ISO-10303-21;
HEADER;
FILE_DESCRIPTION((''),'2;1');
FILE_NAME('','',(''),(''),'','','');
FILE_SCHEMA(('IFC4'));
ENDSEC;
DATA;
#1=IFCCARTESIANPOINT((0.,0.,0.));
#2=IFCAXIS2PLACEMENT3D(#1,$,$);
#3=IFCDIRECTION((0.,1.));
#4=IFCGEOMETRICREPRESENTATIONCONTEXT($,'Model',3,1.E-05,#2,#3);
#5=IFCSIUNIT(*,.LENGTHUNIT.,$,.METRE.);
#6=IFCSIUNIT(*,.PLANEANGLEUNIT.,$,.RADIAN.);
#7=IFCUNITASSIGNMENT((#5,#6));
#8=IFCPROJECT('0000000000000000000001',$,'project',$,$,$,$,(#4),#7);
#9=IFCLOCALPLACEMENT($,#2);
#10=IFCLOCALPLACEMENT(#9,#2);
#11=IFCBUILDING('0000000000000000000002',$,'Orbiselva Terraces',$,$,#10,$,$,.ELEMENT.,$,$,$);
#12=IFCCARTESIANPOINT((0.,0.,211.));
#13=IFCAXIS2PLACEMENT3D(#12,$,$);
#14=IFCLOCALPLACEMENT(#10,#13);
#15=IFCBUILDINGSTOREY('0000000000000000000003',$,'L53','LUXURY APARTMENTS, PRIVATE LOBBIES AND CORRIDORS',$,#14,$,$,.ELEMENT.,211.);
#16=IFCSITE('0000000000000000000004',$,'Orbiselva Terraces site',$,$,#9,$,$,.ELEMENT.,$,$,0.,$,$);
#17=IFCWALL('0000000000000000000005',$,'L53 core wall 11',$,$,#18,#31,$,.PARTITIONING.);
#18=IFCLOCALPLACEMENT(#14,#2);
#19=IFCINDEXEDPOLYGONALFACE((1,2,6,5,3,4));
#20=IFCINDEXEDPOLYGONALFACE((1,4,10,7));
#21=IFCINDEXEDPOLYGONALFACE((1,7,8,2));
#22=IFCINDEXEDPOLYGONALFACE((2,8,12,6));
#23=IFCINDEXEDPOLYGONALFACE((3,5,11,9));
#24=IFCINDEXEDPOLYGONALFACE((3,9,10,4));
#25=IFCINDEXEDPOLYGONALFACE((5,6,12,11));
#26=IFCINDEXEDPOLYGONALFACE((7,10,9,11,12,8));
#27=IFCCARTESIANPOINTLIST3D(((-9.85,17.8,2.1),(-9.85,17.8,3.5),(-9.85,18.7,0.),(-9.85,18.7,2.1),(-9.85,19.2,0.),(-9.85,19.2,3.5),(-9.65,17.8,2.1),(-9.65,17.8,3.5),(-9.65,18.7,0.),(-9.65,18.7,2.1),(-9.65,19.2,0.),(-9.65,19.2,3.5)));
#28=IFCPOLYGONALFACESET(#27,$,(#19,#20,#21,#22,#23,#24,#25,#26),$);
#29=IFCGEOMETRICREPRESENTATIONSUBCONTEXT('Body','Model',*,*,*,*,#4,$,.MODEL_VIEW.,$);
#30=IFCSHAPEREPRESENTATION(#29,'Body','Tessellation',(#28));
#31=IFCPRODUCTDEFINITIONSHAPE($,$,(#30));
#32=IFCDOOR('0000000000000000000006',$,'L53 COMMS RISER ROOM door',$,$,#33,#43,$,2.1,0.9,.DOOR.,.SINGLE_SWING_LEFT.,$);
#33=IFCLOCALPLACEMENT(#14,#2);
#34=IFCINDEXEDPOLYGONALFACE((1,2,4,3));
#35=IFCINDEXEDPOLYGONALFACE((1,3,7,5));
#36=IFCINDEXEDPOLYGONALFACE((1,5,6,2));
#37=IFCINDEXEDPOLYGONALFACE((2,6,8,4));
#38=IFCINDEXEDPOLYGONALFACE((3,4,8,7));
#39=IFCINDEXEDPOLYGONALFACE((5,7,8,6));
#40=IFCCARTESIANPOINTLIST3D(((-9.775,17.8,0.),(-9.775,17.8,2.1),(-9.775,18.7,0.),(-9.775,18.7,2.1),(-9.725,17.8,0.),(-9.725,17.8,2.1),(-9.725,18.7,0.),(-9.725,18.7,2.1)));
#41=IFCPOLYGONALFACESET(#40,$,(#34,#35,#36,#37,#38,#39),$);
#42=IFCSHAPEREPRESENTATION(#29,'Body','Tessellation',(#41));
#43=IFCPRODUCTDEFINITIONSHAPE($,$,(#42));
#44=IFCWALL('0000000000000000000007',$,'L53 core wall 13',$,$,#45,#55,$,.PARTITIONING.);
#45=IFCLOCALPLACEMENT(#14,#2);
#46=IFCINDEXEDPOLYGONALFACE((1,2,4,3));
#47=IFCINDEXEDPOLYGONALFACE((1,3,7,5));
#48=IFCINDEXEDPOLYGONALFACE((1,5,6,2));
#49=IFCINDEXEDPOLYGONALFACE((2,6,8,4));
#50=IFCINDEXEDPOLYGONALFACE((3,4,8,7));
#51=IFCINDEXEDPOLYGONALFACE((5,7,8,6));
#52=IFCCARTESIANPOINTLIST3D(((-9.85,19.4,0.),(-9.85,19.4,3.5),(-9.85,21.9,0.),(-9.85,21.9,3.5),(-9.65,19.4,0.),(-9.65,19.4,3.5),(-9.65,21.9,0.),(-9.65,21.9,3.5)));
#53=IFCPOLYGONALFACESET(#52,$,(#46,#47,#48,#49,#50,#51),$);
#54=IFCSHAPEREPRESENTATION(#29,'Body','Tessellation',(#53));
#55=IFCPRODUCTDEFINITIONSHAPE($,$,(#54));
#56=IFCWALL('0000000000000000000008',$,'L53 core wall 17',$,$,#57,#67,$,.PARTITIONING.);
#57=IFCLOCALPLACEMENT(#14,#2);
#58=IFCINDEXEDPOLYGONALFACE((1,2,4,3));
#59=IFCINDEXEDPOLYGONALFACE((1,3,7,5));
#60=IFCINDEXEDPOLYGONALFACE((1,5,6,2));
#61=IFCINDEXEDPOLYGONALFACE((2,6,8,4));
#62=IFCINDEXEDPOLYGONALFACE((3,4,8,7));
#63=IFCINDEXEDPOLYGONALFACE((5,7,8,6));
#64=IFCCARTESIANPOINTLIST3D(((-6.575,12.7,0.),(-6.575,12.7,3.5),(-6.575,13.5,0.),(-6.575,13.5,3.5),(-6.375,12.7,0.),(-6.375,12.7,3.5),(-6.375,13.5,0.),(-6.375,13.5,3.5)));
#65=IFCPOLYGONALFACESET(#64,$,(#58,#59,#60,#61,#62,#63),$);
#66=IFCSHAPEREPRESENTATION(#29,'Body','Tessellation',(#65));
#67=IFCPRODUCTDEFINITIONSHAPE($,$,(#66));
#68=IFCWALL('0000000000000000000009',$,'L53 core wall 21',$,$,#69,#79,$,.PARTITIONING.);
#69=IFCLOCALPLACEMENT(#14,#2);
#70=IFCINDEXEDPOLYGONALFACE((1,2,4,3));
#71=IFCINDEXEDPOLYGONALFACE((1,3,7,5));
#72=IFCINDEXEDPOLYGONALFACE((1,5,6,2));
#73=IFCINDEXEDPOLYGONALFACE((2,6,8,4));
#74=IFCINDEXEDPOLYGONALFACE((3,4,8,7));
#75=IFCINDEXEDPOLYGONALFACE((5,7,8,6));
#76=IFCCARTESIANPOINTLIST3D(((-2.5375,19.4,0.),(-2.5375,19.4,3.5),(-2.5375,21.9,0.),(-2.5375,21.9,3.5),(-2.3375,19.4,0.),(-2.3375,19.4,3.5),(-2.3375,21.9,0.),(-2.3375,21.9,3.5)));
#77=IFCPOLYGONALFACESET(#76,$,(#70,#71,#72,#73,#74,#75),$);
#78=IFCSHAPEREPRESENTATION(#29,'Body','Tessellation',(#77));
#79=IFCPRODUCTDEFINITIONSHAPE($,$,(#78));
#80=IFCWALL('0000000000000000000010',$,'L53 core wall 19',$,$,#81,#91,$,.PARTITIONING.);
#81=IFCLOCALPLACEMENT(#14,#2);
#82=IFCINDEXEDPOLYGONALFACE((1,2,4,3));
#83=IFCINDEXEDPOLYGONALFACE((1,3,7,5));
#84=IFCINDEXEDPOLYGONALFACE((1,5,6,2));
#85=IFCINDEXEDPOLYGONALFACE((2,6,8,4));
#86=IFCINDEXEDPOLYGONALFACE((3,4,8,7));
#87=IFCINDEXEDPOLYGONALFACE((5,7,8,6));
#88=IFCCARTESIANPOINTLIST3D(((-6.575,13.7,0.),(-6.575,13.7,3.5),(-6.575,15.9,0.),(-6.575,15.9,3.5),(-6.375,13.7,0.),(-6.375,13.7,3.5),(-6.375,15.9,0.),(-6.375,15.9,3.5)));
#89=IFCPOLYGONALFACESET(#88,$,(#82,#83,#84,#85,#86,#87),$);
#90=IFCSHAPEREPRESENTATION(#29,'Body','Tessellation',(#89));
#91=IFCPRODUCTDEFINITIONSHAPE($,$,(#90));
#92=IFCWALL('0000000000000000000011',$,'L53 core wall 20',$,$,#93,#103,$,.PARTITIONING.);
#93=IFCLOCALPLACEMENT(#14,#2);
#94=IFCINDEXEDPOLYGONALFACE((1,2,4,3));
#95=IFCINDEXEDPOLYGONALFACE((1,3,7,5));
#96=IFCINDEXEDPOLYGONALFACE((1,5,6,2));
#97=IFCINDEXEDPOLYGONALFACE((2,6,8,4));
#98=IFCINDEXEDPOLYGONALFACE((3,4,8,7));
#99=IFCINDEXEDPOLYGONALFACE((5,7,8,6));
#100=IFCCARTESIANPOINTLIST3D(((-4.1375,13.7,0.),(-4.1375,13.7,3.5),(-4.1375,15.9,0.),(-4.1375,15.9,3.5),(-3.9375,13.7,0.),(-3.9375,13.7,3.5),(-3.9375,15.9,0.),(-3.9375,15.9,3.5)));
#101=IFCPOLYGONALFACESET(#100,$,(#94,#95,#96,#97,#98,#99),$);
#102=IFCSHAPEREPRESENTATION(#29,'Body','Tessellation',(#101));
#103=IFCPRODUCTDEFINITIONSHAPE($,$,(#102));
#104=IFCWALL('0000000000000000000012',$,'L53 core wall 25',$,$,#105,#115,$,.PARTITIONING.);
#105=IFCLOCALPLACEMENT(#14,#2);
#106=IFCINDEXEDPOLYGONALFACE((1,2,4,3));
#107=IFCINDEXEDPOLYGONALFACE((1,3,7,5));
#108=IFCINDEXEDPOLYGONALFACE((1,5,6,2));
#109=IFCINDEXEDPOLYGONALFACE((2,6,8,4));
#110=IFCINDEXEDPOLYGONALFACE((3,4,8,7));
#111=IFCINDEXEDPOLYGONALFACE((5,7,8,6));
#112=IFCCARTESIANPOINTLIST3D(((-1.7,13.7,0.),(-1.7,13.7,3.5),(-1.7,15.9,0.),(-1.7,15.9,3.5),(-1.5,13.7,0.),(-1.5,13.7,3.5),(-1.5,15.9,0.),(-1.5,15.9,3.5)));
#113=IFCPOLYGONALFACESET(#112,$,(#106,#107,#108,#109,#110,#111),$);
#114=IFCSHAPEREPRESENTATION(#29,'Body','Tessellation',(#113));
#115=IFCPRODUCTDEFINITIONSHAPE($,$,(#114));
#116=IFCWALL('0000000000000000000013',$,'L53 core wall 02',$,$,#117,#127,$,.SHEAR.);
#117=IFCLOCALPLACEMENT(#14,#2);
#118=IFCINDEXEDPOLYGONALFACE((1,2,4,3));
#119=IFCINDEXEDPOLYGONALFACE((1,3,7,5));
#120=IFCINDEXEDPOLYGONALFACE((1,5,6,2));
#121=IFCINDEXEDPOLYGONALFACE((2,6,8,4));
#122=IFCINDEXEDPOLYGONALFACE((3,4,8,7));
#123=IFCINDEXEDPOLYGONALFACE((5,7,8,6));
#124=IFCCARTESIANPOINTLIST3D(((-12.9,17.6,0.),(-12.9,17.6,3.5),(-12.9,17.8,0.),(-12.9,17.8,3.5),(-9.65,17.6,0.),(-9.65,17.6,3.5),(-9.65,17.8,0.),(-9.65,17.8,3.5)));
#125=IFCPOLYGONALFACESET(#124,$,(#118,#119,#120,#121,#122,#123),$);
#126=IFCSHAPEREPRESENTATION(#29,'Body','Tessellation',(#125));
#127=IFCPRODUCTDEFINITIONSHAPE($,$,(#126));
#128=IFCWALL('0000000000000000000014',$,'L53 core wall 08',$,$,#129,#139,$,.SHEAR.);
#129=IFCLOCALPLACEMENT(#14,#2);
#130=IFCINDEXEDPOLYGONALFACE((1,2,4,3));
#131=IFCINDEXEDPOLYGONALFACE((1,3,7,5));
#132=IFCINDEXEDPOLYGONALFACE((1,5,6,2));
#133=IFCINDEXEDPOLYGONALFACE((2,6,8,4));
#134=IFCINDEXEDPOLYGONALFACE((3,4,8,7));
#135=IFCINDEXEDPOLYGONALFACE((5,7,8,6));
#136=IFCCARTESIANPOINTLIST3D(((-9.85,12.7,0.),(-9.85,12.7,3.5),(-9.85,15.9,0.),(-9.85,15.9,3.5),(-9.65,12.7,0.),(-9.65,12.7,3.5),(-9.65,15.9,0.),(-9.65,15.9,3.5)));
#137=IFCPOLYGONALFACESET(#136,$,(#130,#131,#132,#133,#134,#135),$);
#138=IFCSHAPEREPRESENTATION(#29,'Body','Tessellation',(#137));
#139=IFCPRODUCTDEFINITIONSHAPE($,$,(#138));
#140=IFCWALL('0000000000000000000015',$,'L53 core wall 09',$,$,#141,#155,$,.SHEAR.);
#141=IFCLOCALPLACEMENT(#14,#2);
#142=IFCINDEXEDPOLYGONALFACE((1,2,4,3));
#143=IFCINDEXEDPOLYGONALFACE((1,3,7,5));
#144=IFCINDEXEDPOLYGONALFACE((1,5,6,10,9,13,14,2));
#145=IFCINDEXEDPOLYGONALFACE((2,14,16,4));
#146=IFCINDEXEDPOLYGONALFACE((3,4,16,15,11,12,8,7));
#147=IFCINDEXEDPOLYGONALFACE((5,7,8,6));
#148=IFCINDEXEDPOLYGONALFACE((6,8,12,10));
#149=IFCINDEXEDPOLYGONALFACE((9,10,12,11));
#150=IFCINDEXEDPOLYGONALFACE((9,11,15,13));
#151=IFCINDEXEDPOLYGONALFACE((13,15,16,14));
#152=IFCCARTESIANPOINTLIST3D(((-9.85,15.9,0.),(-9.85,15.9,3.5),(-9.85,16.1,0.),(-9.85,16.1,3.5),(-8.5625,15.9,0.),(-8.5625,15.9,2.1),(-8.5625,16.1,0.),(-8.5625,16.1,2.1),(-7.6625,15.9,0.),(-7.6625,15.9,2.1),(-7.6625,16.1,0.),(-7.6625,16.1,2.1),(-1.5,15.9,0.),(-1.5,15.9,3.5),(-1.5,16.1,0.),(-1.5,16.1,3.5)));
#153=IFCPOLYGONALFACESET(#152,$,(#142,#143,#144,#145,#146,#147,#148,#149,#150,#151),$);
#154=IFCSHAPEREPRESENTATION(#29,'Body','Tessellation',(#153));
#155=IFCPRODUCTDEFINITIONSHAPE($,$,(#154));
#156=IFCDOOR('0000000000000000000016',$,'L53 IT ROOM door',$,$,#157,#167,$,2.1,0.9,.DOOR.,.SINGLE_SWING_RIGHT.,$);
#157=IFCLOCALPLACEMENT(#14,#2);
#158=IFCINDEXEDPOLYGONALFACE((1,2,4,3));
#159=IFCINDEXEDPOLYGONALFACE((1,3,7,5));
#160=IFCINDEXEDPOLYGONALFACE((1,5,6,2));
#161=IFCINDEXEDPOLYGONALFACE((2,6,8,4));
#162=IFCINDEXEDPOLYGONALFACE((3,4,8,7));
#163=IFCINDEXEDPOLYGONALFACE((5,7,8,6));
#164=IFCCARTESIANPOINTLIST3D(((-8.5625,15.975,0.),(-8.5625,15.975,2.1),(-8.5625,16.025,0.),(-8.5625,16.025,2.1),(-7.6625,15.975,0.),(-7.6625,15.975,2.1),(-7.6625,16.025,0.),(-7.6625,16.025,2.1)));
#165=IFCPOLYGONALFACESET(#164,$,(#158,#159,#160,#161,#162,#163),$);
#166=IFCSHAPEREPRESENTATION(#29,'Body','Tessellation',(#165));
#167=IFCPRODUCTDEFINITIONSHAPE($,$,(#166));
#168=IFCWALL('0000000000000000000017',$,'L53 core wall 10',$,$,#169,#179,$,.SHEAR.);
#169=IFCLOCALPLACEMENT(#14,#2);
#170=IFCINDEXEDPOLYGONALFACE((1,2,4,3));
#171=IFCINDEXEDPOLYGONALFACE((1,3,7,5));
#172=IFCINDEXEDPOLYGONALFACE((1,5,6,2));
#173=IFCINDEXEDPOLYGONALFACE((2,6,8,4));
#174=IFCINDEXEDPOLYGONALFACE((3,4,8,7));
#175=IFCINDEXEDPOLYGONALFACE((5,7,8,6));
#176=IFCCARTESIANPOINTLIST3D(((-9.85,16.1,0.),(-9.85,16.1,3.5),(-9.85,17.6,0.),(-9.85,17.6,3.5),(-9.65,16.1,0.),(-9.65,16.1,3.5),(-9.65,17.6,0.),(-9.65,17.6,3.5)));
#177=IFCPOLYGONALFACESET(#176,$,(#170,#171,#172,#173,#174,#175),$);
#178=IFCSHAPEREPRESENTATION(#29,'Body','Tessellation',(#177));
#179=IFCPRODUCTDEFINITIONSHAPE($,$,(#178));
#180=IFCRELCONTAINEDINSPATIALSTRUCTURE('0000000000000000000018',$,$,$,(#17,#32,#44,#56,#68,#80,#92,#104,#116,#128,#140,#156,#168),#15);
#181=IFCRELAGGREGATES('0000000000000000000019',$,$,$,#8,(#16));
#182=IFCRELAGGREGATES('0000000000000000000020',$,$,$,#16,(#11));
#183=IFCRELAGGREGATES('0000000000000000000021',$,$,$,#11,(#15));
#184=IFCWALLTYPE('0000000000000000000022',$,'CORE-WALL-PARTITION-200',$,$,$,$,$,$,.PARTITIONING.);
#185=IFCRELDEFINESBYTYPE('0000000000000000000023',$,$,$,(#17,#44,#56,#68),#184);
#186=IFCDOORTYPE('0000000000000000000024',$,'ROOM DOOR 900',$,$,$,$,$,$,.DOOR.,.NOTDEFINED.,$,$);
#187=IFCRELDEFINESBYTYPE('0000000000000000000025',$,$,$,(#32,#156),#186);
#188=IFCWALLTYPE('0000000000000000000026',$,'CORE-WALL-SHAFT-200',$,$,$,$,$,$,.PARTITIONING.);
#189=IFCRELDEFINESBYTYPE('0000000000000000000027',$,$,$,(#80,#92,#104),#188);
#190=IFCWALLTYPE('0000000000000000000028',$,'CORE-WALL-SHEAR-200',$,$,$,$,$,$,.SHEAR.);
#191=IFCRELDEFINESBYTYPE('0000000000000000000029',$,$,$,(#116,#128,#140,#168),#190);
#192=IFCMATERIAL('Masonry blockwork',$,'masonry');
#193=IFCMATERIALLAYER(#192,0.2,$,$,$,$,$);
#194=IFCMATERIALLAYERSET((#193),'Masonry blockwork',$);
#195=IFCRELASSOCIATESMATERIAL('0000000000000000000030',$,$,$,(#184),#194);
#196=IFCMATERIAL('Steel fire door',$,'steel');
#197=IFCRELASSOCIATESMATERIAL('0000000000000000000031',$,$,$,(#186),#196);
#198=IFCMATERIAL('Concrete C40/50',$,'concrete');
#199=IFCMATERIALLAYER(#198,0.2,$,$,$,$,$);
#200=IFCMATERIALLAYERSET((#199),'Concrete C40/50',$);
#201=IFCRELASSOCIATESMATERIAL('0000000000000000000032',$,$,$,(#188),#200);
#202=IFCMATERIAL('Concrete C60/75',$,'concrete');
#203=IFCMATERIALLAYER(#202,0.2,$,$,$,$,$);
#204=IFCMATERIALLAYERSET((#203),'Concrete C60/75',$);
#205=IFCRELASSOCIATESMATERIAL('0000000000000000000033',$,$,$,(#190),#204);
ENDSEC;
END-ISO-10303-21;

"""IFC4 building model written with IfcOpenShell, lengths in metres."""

from ifc_helpers import new_model, si_unit, direction, frame, frame_2d, origin, place, context, subcontext, project, spatial, rectangle, extrude, material, layer, layer_set, type_object, element, fill, save


model = new_model("IFC4")

# Units and contexts
model_context = context("Model", 3, precision=1e-05, world=origin(), true_north=direction((0.0, 1.0)))
body_context = subcontext(model_context, "Body", "Model", "MODEL_VIEW")
ifc_project = project(units=[si_unit("LENGTHUNIT", "METRE"), si_unit("PLANEANGLEUNIT", "RADIAN")], contexts=[model_context])

# Site, building, storey
site_placement = place(None, origin())
site = spatial("IfcSite", under=ifc_project, at=site_placement, Name="Orbiselva Terraces site", CompositionType="ELEMENT", RefElevation=0.0)
building_placement = place(site_placement, origin())
building = spatial("IfcBuilding", under=site, at=building_placement, Name="Orbiselva Terraces", CompositionType="ELEMENT")
storey_placement = place(building_placement, frame((0.0, 0.0, 211.0)))
storey = spatial("IfcBuildingStorey", under=building, at=storey_placement, Name="L53", Description="LUXURY APARTMENTS, PRIVATE LOBBIES AND CORRIDORS", CompositionType="ELEMENT", Elevation=211.0)

# Wall, opening, door
ifc_material_1 = material(Name="Masonry blockwork", Category="masonry")
ifc_layer_1 = layer(ifc_material_1, 0.2)
ifc_layer_set_1 = layer_set([ifc_layer_1], Name="Masonry blockwork")
wall_type_1 = type_object("IfcWallType", Name="CORE-WALL-PARTITION-200", PredefinedType="PARTITIONING", material=ifc_layer_set_1)
wall_1_placement = place(storey_placement, frame((-9.75, 17.8, 0.0), z_axis=(0.0, 0.0, 1.0), x_axis=(0.0, 1.0, 0.0)))
wall_1 = element("IfcWall", 1, at=wall_1_placement, inside=storey, type_object=wall_type_1, Name="L53 core wall 11", PredefinedType="PARTITIONING", context=body_context, shape_type="SweptSolid", body=[
    extrude(rectangle(XDim=1.4, YDim=0.2, at=frame_2d((0.7, 0.0))), origin(), (0.0, 0.0, 1.0), 3.5),
])
opening_1_placement = place(wall_1_placement, origin())
opening_1 = element("IfcOpeningElement", 2, at=opening_1_placement, cuts=wall_1, PredefinedType="OPENING", context=body_context, shape_type="SweptSolid", body=[
    extrude(rectangle(XDim=0.9, YDim=2.1, at=frame_2d((0.45, 1.05))), frame((0.0, 0.11, 0.0), z_axis=(0.0, -1.0, 0.0), x_axis=(1.0, 0.0, 0.0)), (0.0, 0.0, 1.0), 0.22),
])
ifc_material_2 = material(Name="Steel fire door", Category="steel")
door_type_1 = type_object("IfcDoorType", Name="ROOM DOOR 900", OperationType="NOTDEFINED", PredefinedType="DOOR", material=ifc_material_2)
door_1_placement = place(opening_1_placement, origin())
door_1 = element("IfcDoor", 3, at=door_1_placement, inside=storey, type_object=door_type_1, Name="L53 COMMS RISER ROOM door", OperationType="SINGLE_SWING_LEFT", OverallHeight=2.1, OverallWidth=0.9, PredefinedType="DOOR", context=body_context, shape_type="SweptSolid", body=[
    extrude(rectangle(XDim=0.9, YDim=2.1, at=frame_2d((0.45, 1.05))), frame((0.0, 0.025, 0.0), z_axis=(0.0, -1.0, 0.0), x_axis=(1.0, 0.0, 0.0)), (0.0, 0.0, 1.0), 0.05),
])
fill(opening_1, door_1)

# Walls
wall_2_placement = place(storey_placement, frame((-9.75, 19.4, 0.0), z_axis=(0.0, 0.0, 1.0), x_axis=(0.0, 1.0, 0.0)))
element("IfcWall", 4, at=wall_2_placement, inside=storey, type_object=wall_type_1, Name="L53 core wall 13", PredefinedType="PARTITIONING", context=body_context, shape_type="SweptSolid", body=[
    extrude(rectangle(XDim=2.5, YDim=0.2, at=frame_2d((1.25, 0.0))), origin(), (0.0, 0.0, 1.0), 3.5),
])
wall_3_placement = place(storey_placement, frame((-6.475, 12.7, 0.0), z_axis=(0.0, 0.0, 1.0), x_axis=(0.0, 1.0, 0.0)))
element("IfcWall", 5, at=wall_3_placement, inside=storey, type_object=wall_type_1, Name="L53 core wall 17", PredefinedType="PARTITIONING", context=body_context, shape_type="SweptSolid", body=[
    extrude(rectangle(XDim=0.8, YDim=0.2, at=frame_2d((0.4, 0.0))), origin(), (0.0, 0.0, 1.0), 3.5),
])
wall_4_placement = place(storey_placement, frame((-2.4375, 19.4, 0.0), z_axis=(0.0, 0.0, 1.0), x_axis=(0.0, 1.0, 0.0)))
element("IfcWall", 6, at=wall_4_placement, inside=storey, type_object=wall_type_1, Name="L53 core wall 21", PredefinedType="PARTITIONING", context=body_context, shape_type="SweptSolid", body=[
    extrude(rectangle(XDim=2.5, YDim=0.2, at=frame_2d((1.25, 0.0))), origin(), (0.0, 0.0, 1.0), 3.5),
])
ifc_material_3 = material(Name="Concrete C40/50", Category="concrete")
ifc_layer_2 = layer(ifc_material_3, 0.2)
ifc_layer_set_2 = layer_set([ifc_layer_2], Name="Concrete C40/50")
wall_type_2 = type_object("IfcWallType", Name="CORE-WALL-SHAFT-200", PredefinedType="PARTITIONING", material=ifc_layer_set_2)
for number, where, z_axis, x_axis, name in (
    (7, (-6.475, 13.7, 0.0), (0.0, 0.0, 1.0), (0.0, 1.0, 0.0), "L53 core wall 19"),
    (8, (-4.0375, 13.7, 0.0), (0.0, 0.0, 1.0), (0.0, 1.0, 0.0), "L53 core wall 20"),
    (9, (-1.6, 13.7, 0.0), (0.0, 0.0, 1.0), (0.0, 1.0, 0.0), "L53 core wall 25"),
):
    element("IfcWall", number, at=place(storey_placement, frame(where, z_axis=z_axis, x_axis=x_axis)), inside=storey, type_object=wall_type_2, Name=name, PredefinedType="PARTITIONING", context=body_context, shape_type="SweptSolid", body=[
        extrude(rectangle(XDim=2.2, YDim=0.2, at=frame_2d((1.1, 0.0))), origin(), (0.0, 0.0, 1.0), 3.5),
    ])
ifc_material_4 = material(Name="Concrete C60/75", Category="concrete")
ifc_layer_3 = layer(ifc_material_4, 0.2)
ifc_layer_set_3 = layer_set([ifc_layer_3], Name="Concrete C60/75")
wall_type_3 = type_object("IfcWallType", Name="CORE-WALL-SHEAR-200", PredefinedType="SHEAR", material=ifc_layer_set_3)
wall_5_placement = place(storey_placement, frame((-12.9, 17.7, 0.0), z_axis=(0.0, 0.0, 1.0), x_axis=(1.0, 0.0, 0.0)))
element("IfcWall", 10, at=wall_5_placement, inside=storey, type_object=wall_type_3, Name="L53 core wall 02", PredefinedType="SHEAR", context=body_context, shape_type="SweptSolid", body=[
    extrude(rectangle(XDim=3.25, YDim=0.2, at=frame_2d((1.625, 0.0))), origin(), (0.0, 0.0, 1.0), 3.5),
])
wall_6_placement = place(storey_placement, frame((-9.75, 12.7, 0.0), z_axis=(0.0, 0.0, 1.0), x_axis=(0.0, 1.0, 0.0)))
element("IfcWall", 11, at=wall_6_placement, inside=storey, type_object=wall_type_3, Name="L53 core wall 08", PredefinedType="SHEAR", context=body_context, shape_type="SweptSolid", body=[
    extrude(rectangle(XDim=3.2, YDim=0.2, at=frame_2d((1.6, 0.0))), origin(), (0.0, 0.0, 1.0), 3.5),
])

# Wall, opening, door
wall_7_placement = place(storey_placement, frame((-1.5, 16.0, 0.0), z_axis=(0.0, 0.0, 1.0), x_axis=(-1.0, 0.0, 0.0)))
wall_7 = element("IfcWall", 12, at=wall_7_placement, inside=storey, type_object=wall_type_3, Name="L53 core wall 09", PredefinedType="SHEAR", context=body_context, shape_type="SweptSolid", body=[
    extrude(rectangle(XDim=8.35, YDim=0.2, at=frame_2d((4.175, 0.0))), origin(), (0.0, 0.0, 1.0), 3.5),
])
opening_2_placement = place(wall_7_placement, frame((6.1625, 0.0, 0.0)))
opening_2 = element("IfcOpeningElement", 13, at=opening_2_placement, cuts=wall_7, PredefinedType="OPENING", context=body_context, shape_type="SweptSolid", body=[
    extrude(rectangle(XDim=0.9, YDim=2.1, at=frame_2d((0.45, 1.05))), frame((0.0, 0.11, 0.0), z_axis=(0.0, -1.0, 0.0), x_axis=(1.0, 0.0, 0.0)), (0.0, 0.0, 1.0), 0.22),
])
door_2_placement = place(opening_2_placement, origin())
door_2 = element("IfcDoor", 14, at=door_2_placement, inside=storey, type_object=door_type_1, Name="L53 IT ROOM door", OperationType="SINGLE_SWING_RIGHT", OverallHeight=2.1, OverallWidth=0.9, PredefinedType="DOOR", context=body_context, shape_type="SweptSolid", body=[
    extrude(rectangle(XDim=0.9, YDim=2.1, at=frame_2d((0.45, 1.05))), frame((0.0, 0.025, 0.0), z_axis=(0.0, -1.0, 0.0), x_axis=(1.0, 0.0, 0.0)), (0.0, 0.0, 1.0), 0.05),
])
fill(opening_2, door_2)

# Wall
wall_8_placement = place(storey_placement, frame((-9.75, 16.1, 0.0), z_axis=(0.0, 0.0, 1.0), x_axis=(0.0, 1.0, 0.0)))
element("IfcWall", 15, at=wall_8_placement, inside=storey, type_object=wall_type_3, Name="L53 core wall 10", PredefinedType="SHEAR", context=body_context, shape_type="SweptSolid", body=[
    extrude(rectangle(XDim=1.5, YDim=0.2, at=frame_2d((0.75, 0.0))), origin(), (0.0, 0.0, 1.0), 3.5),
])

save(model, "model.ifc")
